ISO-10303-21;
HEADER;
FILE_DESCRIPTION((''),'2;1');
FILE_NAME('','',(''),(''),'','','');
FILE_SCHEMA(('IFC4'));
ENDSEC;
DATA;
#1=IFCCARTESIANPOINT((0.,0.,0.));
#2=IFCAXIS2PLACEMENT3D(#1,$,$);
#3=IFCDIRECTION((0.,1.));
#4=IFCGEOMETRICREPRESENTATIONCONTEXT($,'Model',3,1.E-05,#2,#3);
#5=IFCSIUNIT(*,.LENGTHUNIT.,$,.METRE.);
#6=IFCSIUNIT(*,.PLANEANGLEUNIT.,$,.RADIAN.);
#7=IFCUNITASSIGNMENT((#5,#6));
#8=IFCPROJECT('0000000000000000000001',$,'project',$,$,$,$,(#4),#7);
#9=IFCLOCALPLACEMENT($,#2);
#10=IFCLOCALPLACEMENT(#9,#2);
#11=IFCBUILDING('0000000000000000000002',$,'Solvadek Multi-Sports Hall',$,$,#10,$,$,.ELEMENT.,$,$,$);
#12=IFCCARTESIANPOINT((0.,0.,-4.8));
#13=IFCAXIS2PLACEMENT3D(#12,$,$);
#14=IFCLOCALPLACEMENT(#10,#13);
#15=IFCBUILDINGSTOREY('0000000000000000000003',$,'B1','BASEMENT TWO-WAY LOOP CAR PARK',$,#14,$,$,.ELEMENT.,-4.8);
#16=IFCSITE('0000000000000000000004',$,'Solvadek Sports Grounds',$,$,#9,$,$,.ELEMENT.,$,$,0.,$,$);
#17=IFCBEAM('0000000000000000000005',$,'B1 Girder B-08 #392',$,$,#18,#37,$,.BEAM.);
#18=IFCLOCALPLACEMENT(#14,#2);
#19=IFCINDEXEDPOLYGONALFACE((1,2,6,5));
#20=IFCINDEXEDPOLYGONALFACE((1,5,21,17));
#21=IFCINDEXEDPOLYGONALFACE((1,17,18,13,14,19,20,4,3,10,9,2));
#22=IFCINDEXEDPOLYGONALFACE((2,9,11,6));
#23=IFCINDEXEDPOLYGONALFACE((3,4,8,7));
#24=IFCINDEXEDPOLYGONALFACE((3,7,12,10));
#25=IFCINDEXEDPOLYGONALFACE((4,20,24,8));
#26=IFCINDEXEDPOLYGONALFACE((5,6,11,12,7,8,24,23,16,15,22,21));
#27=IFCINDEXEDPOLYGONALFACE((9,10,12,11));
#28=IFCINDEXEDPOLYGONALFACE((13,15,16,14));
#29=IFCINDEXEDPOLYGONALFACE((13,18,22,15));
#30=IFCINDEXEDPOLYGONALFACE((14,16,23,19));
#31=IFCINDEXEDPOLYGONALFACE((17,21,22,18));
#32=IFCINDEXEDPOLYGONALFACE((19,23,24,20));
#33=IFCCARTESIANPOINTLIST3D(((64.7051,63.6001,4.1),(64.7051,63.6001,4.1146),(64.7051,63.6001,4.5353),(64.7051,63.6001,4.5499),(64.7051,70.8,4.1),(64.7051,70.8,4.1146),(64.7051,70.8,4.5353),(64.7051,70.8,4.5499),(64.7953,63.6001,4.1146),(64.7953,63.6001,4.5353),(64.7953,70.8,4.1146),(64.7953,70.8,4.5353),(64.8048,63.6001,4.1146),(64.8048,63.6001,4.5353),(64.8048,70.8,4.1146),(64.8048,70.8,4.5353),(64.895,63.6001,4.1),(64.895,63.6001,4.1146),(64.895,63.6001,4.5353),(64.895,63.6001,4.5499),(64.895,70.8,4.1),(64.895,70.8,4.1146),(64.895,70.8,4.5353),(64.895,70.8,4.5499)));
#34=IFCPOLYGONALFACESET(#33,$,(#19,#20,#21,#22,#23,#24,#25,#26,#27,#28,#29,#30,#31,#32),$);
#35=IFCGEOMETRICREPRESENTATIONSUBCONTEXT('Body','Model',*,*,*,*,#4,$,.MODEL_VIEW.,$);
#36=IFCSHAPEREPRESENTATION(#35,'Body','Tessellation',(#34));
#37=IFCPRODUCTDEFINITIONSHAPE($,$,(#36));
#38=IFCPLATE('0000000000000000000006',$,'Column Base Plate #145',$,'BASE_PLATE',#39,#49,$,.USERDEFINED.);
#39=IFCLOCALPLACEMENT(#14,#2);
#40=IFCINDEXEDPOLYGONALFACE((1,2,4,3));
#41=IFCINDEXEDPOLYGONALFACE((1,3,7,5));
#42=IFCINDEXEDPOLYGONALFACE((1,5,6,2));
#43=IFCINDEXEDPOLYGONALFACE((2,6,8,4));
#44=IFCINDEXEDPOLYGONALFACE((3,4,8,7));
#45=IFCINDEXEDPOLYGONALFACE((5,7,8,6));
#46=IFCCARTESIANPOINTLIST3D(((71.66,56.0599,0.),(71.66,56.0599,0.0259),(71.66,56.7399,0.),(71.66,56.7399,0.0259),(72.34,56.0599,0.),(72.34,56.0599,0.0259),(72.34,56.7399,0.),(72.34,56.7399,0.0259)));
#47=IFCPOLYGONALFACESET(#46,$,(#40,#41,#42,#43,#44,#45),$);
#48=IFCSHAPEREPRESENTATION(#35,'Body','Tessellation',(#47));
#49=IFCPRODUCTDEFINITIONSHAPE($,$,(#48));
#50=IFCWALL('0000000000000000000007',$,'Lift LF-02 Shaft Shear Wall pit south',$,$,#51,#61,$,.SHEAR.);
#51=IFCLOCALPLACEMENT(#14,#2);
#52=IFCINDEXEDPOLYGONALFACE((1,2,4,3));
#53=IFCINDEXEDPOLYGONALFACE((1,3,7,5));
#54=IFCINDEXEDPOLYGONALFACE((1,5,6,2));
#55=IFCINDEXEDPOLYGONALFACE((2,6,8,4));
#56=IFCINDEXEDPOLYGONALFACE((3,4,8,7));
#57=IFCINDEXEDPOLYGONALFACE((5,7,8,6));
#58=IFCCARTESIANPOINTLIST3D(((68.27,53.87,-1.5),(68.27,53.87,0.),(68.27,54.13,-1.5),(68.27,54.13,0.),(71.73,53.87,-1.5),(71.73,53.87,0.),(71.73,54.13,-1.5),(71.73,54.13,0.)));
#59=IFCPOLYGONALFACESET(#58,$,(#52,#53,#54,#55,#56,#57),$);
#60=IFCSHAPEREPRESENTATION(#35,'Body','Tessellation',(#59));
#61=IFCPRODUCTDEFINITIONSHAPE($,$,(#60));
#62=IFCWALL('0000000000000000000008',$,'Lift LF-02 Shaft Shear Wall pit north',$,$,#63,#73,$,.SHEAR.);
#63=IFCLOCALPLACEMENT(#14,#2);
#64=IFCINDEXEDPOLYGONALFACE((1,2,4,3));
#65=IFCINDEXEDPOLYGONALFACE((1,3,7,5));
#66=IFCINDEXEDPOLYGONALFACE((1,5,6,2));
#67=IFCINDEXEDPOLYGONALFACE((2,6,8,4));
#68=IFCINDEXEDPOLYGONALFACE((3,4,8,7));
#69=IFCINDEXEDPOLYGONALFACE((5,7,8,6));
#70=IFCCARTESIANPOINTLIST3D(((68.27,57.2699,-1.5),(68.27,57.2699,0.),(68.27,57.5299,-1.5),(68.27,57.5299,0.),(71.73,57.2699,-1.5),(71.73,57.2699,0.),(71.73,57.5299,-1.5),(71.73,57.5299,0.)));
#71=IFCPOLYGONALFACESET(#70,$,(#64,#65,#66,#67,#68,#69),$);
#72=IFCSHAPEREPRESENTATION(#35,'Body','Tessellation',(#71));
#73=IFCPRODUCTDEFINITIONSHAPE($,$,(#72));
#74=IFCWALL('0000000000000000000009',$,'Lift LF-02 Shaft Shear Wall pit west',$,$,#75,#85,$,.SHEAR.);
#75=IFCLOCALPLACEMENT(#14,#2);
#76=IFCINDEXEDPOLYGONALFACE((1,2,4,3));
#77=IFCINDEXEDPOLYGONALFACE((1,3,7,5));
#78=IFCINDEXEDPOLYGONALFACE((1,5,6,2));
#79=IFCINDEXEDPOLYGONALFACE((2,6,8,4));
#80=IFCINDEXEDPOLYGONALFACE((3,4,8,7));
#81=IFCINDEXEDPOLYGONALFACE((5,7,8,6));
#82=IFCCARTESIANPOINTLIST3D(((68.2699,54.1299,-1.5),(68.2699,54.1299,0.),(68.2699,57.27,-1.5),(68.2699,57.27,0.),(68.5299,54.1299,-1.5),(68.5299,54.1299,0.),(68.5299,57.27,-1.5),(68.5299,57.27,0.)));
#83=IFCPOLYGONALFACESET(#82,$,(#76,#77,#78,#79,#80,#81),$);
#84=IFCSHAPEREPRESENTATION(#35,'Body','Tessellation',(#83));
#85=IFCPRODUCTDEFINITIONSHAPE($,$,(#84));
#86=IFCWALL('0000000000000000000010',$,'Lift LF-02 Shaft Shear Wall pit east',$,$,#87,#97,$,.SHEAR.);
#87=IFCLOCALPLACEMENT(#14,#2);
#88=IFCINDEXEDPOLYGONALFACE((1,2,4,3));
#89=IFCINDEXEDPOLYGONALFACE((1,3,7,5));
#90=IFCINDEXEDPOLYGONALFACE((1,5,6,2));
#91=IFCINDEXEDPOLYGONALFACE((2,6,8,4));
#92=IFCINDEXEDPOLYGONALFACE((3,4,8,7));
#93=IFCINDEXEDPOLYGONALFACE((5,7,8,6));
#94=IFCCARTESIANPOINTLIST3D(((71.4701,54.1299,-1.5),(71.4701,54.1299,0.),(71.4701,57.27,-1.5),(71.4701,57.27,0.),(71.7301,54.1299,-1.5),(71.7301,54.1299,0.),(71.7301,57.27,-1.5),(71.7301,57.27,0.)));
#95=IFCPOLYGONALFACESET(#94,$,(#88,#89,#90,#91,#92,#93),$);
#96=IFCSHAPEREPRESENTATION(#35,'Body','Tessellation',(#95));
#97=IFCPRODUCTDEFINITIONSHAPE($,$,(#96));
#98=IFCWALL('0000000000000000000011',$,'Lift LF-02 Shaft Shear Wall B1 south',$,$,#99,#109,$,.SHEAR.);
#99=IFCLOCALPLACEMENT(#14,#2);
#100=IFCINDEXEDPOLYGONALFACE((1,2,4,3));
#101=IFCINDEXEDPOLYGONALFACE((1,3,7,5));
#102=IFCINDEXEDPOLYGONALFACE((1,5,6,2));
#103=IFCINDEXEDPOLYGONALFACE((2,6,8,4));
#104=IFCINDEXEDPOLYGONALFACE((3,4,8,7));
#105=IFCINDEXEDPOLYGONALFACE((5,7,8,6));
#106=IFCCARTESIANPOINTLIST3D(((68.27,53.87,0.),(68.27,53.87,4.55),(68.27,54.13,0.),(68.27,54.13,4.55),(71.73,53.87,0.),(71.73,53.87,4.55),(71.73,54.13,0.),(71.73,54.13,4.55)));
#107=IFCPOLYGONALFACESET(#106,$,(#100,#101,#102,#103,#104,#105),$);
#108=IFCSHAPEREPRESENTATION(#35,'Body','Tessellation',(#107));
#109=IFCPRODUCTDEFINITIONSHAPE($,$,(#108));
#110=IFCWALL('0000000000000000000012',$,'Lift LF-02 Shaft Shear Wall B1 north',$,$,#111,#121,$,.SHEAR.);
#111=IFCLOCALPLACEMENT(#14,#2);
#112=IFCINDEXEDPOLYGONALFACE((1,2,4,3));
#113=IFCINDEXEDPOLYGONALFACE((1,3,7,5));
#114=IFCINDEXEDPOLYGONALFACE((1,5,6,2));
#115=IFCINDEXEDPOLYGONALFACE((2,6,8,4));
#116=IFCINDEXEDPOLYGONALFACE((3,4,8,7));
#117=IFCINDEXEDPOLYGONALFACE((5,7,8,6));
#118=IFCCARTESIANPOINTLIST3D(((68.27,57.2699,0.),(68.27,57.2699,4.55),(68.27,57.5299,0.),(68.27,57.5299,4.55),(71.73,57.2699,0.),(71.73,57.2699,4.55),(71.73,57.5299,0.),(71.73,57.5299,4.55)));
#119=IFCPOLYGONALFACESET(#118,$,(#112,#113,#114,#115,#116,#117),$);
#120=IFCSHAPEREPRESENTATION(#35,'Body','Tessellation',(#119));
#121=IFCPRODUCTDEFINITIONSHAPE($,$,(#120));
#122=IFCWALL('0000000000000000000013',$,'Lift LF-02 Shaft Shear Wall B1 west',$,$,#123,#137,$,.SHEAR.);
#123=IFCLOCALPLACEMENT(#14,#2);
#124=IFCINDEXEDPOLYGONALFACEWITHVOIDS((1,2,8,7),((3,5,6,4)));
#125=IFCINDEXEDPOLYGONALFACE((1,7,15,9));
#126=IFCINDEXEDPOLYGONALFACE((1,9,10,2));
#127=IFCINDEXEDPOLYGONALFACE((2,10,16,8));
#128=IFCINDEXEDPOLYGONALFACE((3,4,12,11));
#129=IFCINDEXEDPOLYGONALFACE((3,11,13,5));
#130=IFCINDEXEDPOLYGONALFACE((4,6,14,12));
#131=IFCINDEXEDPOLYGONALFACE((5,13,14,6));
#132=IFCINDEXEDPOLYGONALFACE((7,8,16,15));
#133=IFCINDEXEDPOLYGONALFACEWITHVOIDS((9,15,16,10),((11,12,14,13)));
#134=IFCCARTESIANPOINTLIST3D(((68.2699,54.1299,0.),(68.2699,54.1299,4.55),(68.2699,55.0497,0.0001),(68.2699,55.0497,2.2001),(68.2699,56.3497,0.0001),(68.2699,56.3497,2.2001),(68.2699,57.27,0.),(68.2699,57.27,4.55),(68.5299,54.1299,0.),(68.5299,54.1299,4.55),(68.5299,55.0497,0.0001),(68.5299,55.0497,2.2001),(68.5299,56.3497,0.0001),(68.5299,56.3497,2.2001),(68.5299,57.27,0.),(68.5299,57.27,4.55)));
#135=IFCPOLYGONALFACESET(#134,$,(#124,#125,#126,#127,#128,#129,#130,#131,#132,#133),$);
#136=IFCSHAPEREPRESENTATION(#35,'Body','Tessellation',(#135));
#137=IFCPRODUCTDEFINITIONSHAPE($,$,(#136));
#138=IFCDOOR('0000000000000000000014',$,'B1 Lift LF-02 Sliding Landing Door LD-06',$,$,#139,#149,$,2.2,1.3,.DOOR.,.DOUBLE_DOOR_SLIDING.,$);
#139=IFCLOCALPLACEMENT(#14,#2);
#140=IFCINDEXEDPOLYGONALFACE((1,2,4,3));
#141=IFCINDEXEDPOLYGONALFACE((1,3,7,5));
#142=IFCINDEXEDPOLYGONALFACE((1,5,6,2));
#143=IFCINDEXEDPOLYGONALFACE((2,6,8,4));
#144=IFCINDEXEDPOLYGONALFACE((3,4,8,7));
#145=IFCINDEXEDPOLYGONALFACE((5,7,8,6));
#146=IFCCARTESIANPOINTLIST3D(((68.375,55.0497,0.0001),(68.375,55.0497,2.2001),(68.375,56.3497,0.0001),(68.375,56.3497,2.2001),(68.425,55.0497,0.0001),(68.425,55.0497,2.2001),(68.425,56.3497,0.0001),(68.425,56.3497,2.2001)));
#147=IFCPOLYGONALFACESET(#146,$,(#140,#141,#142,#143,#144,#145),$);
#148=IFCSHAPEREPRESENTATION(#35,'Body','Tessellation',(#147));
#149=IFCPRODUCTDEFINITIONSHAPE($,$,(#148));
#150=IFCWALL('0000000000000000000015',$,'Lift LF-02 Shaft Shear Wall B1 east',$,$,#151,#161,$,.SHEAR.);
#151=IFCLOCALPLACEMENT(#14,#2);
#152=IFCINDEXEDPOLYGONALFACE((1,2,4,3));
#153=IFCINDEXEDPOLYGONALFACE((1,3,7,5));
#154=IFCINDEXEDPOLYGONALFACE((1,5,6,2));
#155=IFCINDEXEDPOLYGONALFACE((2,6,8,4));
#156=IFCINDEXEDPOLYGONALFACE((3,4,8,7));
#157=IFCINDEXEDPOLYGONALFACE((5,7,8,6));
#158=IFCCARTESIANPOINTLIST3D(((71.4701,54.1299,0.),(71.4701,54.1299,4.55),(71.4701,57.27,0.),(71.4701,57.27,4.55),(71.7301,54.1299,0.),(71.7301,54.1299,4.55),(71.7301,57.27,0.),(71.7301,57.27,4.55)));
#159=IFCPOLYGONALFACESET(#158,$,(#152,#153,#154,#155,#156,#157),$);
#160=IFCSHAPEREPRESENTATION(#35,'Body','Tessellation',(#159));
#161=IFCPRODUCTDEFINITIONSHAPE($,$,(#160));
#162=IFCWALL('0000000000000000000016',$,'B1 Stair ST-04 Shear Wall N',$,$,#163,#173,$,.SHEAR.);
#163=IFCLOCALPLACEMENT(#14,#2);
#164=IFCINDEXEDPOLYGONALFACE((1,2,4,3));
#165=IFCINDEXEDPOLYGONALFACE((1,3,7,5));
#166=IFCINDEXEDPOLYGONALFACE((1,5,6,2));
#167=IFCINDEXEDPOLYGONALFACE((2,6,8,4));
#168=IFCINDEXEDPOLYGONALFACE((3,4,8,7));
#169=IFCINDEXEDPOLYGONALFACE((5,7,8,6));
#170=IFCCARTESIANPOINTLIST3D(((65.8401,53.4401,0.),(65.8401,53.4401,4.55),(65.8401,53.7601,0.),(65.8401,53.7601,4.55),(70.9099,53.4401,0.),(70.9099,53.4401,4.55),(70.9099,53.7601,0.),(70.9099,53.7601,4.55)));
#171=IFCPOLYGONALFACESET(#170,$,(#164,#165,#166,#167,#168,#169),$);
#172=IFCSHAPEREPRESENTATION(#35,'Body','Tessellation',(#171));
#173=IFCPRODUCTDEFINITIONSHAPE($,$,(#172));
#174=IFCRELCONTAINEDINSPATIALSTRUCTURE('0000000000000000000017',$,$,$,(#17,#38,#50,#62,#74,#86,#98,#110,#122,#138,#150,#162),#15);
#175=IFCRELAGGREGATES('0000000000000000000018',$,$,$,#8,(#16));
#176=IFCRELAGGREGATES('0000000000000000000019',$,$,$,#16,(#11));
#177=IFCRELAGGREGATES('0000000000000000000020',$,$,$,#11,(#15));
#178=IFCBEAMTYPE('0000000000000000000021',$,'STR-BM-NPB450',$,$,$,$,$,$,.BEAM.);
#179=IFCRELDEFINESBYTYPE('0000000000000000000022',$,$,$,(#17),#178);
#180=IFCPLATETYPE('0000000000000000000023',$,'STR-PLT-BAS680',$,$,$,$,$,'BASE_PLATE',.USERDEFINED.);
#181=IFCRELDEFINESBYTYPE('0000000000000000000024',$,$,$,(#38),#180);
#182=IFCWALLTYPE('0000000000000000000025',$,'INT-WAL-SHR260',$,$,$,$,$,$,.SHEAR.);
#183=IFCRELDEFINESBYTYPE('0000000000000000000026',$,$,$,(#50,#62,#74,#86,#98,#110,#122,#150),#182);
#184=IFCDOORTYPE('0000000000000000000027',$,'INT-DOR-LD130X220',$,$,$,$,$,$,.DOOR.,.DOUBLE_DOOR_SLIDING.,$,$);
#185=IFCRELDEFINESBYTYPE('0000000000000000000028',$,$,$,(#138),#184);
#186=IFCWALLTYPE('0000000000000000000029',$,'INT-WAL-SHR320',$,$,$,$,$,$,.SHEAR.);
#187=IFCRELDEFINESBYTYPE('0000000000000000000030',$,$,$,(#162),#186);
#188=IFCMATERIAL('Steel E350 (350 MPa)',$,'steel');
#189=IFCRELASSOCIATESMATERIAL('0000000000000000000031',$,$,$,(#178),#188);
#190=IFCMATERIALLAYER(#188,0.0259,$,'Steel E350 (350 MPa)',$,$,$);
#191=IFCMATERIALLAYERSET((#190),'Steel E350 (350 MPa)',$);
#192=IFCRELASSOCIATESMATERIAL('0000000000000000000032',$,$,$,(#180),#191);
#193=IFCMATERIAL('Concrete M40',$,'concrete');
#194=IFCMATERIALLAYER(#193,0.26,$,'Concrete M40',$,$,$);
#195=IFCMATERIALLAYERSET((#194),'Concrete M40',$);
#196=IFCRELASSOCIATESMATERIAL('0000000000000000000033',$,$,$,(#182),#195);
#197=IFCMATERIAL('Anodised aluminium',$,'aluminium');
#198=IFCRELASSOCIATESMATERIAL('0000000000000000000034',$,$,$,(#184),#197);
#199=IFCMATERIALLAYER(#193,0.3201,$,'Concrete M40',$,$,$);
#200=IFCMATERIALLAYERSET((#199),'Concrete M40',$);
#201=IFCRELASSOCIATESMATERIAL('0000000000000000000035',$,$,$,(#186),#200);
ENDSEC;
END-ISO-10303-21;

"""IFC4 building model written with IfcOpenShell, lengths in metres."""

from ifc_helpers import new_model, si_unit, direction, frame, frame_2d, origin, origin_2d, place, context, subcontext, project, spatial, rectangle, i_section, extrude, material, layer, layer_set, material_profile, profile_set, type_object, element, fill, save


model = new_model("IFC4")

# Units and contexts
model_context = context("Model", 3, precision=1e-05, world=origin(), true_north=direction((0.0, 1.0)))
body_context = subcontext(model_context, "Body", "Model", "MODEL_VIEW")
ifc_project = project(units=[si_unit("LENGTHUNIT", "METRE"), si_unit("PLANEANGLEUNIT", "RADIAN")], contexts=[model_context])

# Site, building, storey
site_placement = place(None, origin())
site = spatial("IfcSite", under=ifc_project, at=site_placement, Name="Solvadek Sports Grounds", CompositionType="ELEMENT", RefElevation=0.0)
building_placement = place(site_placement, origin())
building = spatial("IfcBuilding", under=site, at=building_placement, Name="Solvadek Multi-Sports Hall", CompositionType="ELEMENT")
storey_placement = place(building_placement, frame((0.0, 0.0, -4.8)))
storey = spatial("IfcBuildingStorey", under=building, at=storey_placement, Name="B1", Description="BASEMENT TWO-WAY LOOP CAR PARK", CompositionType="ELEMENT", Elevation=-4.8)

# Shared definitions
ifc_material_1 = material(Name="Concrete M40", Category="concrete")

# Shared definitions
ifc_material_2 = material(Name="Steel E350 (350 MPa)", Category="steel")

# Beam
ifc_material_profile_1 = material_profile(ifc_material_2, i_section(OverallWidth=0.1899, OverallDepth=0.45, WebThickness=0.0095, FlangeThickness=0.0146, at=origin_2d()), Name="NPB 450")
ifc_profile_set_1 = profile_set([ifc_material_profile_1], Name="Steel E350 (350 MPa)")
beam_type = type_object("IfcBeamType", Name="STR-BM-NPB450", PredefinedType="BEAM", material=ifc_profile_set_1)
beam_placement = place(storey_placement, frame((64.8, 63.6001, 4.325), z_axis=(0.0, 1.0, 0.0), x_axis=(-1.0, 0.0, 0.0)))
element("IfcBeam", 1, at=beam_placement, inside=storey, type_object=beam_type, Name="B1 Girder B-08 #392", PredefinedType="BEAM", context=body_context, shape_type="SweptSolid", body=[
    extrude(i_section(OverallWidth=0.1899, OverallDepth=0.45, WebThickness=0.0095, FlangeThickness=0.0146, at=origin_2d()), origin(), (0.0, 0.0, 1.0), 7.2),
])

# Plate
ifc_layer_1 = layer(ifc_material_2, 0.0259, Name="Steel E350 (350 MPa)")
ifc_layer_set_1 = layer_set([ifc_layer_1], Name="Steel E350 (350 MPa)")
plate_type = type_object("IfcPlateType", Name="STR-PLT-BAS680", ElementType="BASE_PLATE", PredefinedType="USERDEFINED", material=ifc_layer_set_1)
plate_placement = place(storey_placement, frame((72.0, 56.3999, 0.0), z_axis=(0.0, 0.0, 1.0), x_axis=(1.0, 0.0, 0.0)))
element("IfcPlate", 2, at=plate_placement, inside=storey, type_object=plate_type, Name="Column Base Plate #145", ObjectType="BASE_PLATE", PredefinedType="USERDEFINED", context=body_context, shape_type="SweptSolid", body=[
    extrude(rectangle(XDim=0.6799, YDim=0.6799, at=origin_2d()), origin(), (0.0, 0.0, 1.0), 0.0259),
])

# Walls
ifc_layer_2 = layer(ifc_material_1, 0.26, Name="Concrete M40")
ifc_layer_set_2 = layer_set([ifc_layer_2], Name="Concrete M40")
wall_type_1 = type_object("IfcWallType", Name="INT-WAL-SHR260", PredefinedType="SHEAR", material=ifc_layer_set_2)
for number, where, z_axis, x_axis, name in (
    (3, (68.27, 54.0, -1.5), (0.0, 0.0, 1.0), (1.0, 0.0, 0.0), "Lift LF-02 Shaft Shear Wall pit south"),
    (4, (68.27, 57.3999, -1.5), (0.0, 0.0, 1.0), (1.0, 0.0, 0.0), "Lift LF-02 Shaft Shear Wall pit north"),
):
    element("IfcWall", number, at=place(storey_placement, frame(where, z_axis=z_axis, x_axis=x_axis)), inside=storey, type_object=wall_type_1, Name=name, PredefinedType="SHEAR", context=body_context, shape_type="SweptSolid", body=[
        extrude(rectangle(XDim=3.46, YDim=0.26, at=frame_2d((1.73, 0.0))), origin(), (0.0, 0.0, 1.0), 1.5),
    ])
for number, where, z_axis, x_axis, name in (
    (5, (68.3999, 54.1299, -1.5), (0.0, 0.0, 1.0), (0.0, 1.0, 0.0), "Lift LF-02 Shaft Shear Wall pit west"),
    (6, (71.6001, 54.1299, -1.5), (0.0, 0.0, 1.0), (0.0, 1.0, 0.0), "Lift LF-02 Shaft Shear Wall pit east"),
):
    element("IfcWall", number, at=place(storey_placement, frame(where, z_axis=z_axis, x_axis=x_axis)), inside=storey, type_object=wall_type_1, Name=name, PredefinedType="SHEAR", context=body_context, shape_type="SweptSolid", body=[
        extrude(rectangle(XDim=3.1401, YDim=0.26, at=frame_2d((1.5701, 0.0))), origin(), (0.0, 0.0, 1.0), 1.5),
    ])
for number, where, z_axis, x_axis, name in (
    (7, (68.27, 54.0, 0.0), (0.0, 0.0, 1.0), (1.0, 0.0, 0.0), "Lift LF-02 Shaft Shear Wall B1 south"),
    (8, (68.27, 57.3999, 0.0), (0.0, 0.0, 1.0), (1.0, 0.0, 0.0), "Lift LF-02 Shaft Shear Wall B1 north"),
):
    element("IfcWall", number, at=place(storey_placement, frame(where, z_axis=z_axis, x_axis=x_axis)), inside=storey, type_object=wall_type_1, Name=name, PredefinedType="SHEAR", context=body_context, shape_type="SweptSolid", body=[
        extrude(rectangle(XDim=3.46, YDim=0.26, at=frame_2d((1.73, 0.0))), origin(), (0.0, 0.0, 1.0), 4.55),
    ])

# Wall, opening, door
wall_1_placement = place(storey_placement, frame((68.3999, 54.1299, 0.0), z_axis=(0.0, 0.0, 1.0), x_axis=(0.0, 1.0, 0.0)))
wall_1 = element("IfcWall", 9, at=wall_1_placement, inside=storey, type_object=wall_type_1, Name="Lift LF-02 Shaft Shear Wall B1 west", PredefinedType="SHEAR", context=body_context, shape_type="SweptSolid", body=[
    extrude(rectangle(XDim=3.1401, YDim=0.26, at=frame_2d((1.5701, 0.0))), origin(), (0.0, 0.0, 1.0), 4.55),
])
opening_placement = place(wall_1_placement, frame((0.9199, 0.0, 0.0)))
opening = element("IfcOpeningElement", 10, at=opening_placement, cuts=wall_1, PredefinedType="OPENING", context=body_context, shape_type="SweptSolid", body=[
    extrude(rectangle(XDim=1.3, YDim=2.2, at=frame_2d((0.6499, 1.1001))), frame((0.0, 0.1399, 0.0), z_axis=(0.0, -1.0, 0.0), x_axis=(1.0, 0.0, 0.0)), (0.0, 0.0, 1.0), 0.28),
])
ifc_material_3 = material(Name="Anodised aluminium", Category="aluminium")
door_type = type_object("IfcDoorType", Name="INT-DOR-LD130X220", OperationType="DOUBLE_DOOR_SLIDING", PredefinedType="DOOR", material=ifc_material_3)
door_placement = place(opening_placement, origin())
door = element("IfcDoor", 11, at=door_placement, inside=storey, type_object=door_type, Name="B1 Lift LF-02 Sliding Landing Door LD-06", OperationType="DOUBLE_DOOR_SLIDING", OverallHeight=2.2, OverallWidth=1.3, PredefinedType="DOOR", context=body_context, shape_type="SweptSolid", body=[
    extrude(rectangle(XDim=1.3, YDim=2.2, at=frame_2d((0.6499, 1.1001))), frame((0.0, 0.0249, 0.0), z_axis=(0.0, -1.0, 0.0), x_axis=(1.0, 0.0, 0.0)), (0.0, 0.0, 1.0), 0.05),
])
fill(opening, door)

# Walls
wall_2_placement = place(storey_placement, frame((71.6001, 54.1299, 0.0), z_axis=(0.0, 0.0, 1.0), x_axis=(0.0, 1.0, 0.0)))
element("IfcWall", 12, at=wall_2_placement, inside=storey, type_object=wall_type_1, Name="Lift LF-02 Shaft Shear Wall B1 east", PredefinedType="SHEAR", context=body_context, shape_type="SweptSolid", body=[
    extrude(rectangle(XDim=3.1401, YDim=0.26, at=frame_2d((1.5701, 0.0))), origin(), (0.0, 0.0, 1.0), 4.55),
])
ifc_layer_3 = layer(ifc_material_1, 0.3201, Name="Concrete M40")
ifc_layer_set_3 = layer_set([ifc_layer_3], Name="Concrete M40")
wall_type_2 = type_object("IfcWallType", Name="INT-WAL-SHR320", PredefinedType="SHEAR", material=ifc_layer_set_3)
wall_3_placement = place(storey_placement, frame((65.8401, 53.6001, 0.0), z_axis=(0.0, 0.0, 1.0), x_axis=(1.0, 0.0, 0.0)))
element("IfcWall", 13, at=wall_3_placement, inside=storey, type_object=wall_type_2, Name="B1 Stair ST-04 Shear Wall N", PredefinedType="SHEAR", context=body_context, shape_type="SweptSolid", body=[
    extrude(rectangle(XDim=5.0698, YDim=0.3201, at=frame_2d((2.5349, 0.0))), origin(), (0.0, 0.0, 1.0), 4.55),
])

save(model, "model.ifc")
